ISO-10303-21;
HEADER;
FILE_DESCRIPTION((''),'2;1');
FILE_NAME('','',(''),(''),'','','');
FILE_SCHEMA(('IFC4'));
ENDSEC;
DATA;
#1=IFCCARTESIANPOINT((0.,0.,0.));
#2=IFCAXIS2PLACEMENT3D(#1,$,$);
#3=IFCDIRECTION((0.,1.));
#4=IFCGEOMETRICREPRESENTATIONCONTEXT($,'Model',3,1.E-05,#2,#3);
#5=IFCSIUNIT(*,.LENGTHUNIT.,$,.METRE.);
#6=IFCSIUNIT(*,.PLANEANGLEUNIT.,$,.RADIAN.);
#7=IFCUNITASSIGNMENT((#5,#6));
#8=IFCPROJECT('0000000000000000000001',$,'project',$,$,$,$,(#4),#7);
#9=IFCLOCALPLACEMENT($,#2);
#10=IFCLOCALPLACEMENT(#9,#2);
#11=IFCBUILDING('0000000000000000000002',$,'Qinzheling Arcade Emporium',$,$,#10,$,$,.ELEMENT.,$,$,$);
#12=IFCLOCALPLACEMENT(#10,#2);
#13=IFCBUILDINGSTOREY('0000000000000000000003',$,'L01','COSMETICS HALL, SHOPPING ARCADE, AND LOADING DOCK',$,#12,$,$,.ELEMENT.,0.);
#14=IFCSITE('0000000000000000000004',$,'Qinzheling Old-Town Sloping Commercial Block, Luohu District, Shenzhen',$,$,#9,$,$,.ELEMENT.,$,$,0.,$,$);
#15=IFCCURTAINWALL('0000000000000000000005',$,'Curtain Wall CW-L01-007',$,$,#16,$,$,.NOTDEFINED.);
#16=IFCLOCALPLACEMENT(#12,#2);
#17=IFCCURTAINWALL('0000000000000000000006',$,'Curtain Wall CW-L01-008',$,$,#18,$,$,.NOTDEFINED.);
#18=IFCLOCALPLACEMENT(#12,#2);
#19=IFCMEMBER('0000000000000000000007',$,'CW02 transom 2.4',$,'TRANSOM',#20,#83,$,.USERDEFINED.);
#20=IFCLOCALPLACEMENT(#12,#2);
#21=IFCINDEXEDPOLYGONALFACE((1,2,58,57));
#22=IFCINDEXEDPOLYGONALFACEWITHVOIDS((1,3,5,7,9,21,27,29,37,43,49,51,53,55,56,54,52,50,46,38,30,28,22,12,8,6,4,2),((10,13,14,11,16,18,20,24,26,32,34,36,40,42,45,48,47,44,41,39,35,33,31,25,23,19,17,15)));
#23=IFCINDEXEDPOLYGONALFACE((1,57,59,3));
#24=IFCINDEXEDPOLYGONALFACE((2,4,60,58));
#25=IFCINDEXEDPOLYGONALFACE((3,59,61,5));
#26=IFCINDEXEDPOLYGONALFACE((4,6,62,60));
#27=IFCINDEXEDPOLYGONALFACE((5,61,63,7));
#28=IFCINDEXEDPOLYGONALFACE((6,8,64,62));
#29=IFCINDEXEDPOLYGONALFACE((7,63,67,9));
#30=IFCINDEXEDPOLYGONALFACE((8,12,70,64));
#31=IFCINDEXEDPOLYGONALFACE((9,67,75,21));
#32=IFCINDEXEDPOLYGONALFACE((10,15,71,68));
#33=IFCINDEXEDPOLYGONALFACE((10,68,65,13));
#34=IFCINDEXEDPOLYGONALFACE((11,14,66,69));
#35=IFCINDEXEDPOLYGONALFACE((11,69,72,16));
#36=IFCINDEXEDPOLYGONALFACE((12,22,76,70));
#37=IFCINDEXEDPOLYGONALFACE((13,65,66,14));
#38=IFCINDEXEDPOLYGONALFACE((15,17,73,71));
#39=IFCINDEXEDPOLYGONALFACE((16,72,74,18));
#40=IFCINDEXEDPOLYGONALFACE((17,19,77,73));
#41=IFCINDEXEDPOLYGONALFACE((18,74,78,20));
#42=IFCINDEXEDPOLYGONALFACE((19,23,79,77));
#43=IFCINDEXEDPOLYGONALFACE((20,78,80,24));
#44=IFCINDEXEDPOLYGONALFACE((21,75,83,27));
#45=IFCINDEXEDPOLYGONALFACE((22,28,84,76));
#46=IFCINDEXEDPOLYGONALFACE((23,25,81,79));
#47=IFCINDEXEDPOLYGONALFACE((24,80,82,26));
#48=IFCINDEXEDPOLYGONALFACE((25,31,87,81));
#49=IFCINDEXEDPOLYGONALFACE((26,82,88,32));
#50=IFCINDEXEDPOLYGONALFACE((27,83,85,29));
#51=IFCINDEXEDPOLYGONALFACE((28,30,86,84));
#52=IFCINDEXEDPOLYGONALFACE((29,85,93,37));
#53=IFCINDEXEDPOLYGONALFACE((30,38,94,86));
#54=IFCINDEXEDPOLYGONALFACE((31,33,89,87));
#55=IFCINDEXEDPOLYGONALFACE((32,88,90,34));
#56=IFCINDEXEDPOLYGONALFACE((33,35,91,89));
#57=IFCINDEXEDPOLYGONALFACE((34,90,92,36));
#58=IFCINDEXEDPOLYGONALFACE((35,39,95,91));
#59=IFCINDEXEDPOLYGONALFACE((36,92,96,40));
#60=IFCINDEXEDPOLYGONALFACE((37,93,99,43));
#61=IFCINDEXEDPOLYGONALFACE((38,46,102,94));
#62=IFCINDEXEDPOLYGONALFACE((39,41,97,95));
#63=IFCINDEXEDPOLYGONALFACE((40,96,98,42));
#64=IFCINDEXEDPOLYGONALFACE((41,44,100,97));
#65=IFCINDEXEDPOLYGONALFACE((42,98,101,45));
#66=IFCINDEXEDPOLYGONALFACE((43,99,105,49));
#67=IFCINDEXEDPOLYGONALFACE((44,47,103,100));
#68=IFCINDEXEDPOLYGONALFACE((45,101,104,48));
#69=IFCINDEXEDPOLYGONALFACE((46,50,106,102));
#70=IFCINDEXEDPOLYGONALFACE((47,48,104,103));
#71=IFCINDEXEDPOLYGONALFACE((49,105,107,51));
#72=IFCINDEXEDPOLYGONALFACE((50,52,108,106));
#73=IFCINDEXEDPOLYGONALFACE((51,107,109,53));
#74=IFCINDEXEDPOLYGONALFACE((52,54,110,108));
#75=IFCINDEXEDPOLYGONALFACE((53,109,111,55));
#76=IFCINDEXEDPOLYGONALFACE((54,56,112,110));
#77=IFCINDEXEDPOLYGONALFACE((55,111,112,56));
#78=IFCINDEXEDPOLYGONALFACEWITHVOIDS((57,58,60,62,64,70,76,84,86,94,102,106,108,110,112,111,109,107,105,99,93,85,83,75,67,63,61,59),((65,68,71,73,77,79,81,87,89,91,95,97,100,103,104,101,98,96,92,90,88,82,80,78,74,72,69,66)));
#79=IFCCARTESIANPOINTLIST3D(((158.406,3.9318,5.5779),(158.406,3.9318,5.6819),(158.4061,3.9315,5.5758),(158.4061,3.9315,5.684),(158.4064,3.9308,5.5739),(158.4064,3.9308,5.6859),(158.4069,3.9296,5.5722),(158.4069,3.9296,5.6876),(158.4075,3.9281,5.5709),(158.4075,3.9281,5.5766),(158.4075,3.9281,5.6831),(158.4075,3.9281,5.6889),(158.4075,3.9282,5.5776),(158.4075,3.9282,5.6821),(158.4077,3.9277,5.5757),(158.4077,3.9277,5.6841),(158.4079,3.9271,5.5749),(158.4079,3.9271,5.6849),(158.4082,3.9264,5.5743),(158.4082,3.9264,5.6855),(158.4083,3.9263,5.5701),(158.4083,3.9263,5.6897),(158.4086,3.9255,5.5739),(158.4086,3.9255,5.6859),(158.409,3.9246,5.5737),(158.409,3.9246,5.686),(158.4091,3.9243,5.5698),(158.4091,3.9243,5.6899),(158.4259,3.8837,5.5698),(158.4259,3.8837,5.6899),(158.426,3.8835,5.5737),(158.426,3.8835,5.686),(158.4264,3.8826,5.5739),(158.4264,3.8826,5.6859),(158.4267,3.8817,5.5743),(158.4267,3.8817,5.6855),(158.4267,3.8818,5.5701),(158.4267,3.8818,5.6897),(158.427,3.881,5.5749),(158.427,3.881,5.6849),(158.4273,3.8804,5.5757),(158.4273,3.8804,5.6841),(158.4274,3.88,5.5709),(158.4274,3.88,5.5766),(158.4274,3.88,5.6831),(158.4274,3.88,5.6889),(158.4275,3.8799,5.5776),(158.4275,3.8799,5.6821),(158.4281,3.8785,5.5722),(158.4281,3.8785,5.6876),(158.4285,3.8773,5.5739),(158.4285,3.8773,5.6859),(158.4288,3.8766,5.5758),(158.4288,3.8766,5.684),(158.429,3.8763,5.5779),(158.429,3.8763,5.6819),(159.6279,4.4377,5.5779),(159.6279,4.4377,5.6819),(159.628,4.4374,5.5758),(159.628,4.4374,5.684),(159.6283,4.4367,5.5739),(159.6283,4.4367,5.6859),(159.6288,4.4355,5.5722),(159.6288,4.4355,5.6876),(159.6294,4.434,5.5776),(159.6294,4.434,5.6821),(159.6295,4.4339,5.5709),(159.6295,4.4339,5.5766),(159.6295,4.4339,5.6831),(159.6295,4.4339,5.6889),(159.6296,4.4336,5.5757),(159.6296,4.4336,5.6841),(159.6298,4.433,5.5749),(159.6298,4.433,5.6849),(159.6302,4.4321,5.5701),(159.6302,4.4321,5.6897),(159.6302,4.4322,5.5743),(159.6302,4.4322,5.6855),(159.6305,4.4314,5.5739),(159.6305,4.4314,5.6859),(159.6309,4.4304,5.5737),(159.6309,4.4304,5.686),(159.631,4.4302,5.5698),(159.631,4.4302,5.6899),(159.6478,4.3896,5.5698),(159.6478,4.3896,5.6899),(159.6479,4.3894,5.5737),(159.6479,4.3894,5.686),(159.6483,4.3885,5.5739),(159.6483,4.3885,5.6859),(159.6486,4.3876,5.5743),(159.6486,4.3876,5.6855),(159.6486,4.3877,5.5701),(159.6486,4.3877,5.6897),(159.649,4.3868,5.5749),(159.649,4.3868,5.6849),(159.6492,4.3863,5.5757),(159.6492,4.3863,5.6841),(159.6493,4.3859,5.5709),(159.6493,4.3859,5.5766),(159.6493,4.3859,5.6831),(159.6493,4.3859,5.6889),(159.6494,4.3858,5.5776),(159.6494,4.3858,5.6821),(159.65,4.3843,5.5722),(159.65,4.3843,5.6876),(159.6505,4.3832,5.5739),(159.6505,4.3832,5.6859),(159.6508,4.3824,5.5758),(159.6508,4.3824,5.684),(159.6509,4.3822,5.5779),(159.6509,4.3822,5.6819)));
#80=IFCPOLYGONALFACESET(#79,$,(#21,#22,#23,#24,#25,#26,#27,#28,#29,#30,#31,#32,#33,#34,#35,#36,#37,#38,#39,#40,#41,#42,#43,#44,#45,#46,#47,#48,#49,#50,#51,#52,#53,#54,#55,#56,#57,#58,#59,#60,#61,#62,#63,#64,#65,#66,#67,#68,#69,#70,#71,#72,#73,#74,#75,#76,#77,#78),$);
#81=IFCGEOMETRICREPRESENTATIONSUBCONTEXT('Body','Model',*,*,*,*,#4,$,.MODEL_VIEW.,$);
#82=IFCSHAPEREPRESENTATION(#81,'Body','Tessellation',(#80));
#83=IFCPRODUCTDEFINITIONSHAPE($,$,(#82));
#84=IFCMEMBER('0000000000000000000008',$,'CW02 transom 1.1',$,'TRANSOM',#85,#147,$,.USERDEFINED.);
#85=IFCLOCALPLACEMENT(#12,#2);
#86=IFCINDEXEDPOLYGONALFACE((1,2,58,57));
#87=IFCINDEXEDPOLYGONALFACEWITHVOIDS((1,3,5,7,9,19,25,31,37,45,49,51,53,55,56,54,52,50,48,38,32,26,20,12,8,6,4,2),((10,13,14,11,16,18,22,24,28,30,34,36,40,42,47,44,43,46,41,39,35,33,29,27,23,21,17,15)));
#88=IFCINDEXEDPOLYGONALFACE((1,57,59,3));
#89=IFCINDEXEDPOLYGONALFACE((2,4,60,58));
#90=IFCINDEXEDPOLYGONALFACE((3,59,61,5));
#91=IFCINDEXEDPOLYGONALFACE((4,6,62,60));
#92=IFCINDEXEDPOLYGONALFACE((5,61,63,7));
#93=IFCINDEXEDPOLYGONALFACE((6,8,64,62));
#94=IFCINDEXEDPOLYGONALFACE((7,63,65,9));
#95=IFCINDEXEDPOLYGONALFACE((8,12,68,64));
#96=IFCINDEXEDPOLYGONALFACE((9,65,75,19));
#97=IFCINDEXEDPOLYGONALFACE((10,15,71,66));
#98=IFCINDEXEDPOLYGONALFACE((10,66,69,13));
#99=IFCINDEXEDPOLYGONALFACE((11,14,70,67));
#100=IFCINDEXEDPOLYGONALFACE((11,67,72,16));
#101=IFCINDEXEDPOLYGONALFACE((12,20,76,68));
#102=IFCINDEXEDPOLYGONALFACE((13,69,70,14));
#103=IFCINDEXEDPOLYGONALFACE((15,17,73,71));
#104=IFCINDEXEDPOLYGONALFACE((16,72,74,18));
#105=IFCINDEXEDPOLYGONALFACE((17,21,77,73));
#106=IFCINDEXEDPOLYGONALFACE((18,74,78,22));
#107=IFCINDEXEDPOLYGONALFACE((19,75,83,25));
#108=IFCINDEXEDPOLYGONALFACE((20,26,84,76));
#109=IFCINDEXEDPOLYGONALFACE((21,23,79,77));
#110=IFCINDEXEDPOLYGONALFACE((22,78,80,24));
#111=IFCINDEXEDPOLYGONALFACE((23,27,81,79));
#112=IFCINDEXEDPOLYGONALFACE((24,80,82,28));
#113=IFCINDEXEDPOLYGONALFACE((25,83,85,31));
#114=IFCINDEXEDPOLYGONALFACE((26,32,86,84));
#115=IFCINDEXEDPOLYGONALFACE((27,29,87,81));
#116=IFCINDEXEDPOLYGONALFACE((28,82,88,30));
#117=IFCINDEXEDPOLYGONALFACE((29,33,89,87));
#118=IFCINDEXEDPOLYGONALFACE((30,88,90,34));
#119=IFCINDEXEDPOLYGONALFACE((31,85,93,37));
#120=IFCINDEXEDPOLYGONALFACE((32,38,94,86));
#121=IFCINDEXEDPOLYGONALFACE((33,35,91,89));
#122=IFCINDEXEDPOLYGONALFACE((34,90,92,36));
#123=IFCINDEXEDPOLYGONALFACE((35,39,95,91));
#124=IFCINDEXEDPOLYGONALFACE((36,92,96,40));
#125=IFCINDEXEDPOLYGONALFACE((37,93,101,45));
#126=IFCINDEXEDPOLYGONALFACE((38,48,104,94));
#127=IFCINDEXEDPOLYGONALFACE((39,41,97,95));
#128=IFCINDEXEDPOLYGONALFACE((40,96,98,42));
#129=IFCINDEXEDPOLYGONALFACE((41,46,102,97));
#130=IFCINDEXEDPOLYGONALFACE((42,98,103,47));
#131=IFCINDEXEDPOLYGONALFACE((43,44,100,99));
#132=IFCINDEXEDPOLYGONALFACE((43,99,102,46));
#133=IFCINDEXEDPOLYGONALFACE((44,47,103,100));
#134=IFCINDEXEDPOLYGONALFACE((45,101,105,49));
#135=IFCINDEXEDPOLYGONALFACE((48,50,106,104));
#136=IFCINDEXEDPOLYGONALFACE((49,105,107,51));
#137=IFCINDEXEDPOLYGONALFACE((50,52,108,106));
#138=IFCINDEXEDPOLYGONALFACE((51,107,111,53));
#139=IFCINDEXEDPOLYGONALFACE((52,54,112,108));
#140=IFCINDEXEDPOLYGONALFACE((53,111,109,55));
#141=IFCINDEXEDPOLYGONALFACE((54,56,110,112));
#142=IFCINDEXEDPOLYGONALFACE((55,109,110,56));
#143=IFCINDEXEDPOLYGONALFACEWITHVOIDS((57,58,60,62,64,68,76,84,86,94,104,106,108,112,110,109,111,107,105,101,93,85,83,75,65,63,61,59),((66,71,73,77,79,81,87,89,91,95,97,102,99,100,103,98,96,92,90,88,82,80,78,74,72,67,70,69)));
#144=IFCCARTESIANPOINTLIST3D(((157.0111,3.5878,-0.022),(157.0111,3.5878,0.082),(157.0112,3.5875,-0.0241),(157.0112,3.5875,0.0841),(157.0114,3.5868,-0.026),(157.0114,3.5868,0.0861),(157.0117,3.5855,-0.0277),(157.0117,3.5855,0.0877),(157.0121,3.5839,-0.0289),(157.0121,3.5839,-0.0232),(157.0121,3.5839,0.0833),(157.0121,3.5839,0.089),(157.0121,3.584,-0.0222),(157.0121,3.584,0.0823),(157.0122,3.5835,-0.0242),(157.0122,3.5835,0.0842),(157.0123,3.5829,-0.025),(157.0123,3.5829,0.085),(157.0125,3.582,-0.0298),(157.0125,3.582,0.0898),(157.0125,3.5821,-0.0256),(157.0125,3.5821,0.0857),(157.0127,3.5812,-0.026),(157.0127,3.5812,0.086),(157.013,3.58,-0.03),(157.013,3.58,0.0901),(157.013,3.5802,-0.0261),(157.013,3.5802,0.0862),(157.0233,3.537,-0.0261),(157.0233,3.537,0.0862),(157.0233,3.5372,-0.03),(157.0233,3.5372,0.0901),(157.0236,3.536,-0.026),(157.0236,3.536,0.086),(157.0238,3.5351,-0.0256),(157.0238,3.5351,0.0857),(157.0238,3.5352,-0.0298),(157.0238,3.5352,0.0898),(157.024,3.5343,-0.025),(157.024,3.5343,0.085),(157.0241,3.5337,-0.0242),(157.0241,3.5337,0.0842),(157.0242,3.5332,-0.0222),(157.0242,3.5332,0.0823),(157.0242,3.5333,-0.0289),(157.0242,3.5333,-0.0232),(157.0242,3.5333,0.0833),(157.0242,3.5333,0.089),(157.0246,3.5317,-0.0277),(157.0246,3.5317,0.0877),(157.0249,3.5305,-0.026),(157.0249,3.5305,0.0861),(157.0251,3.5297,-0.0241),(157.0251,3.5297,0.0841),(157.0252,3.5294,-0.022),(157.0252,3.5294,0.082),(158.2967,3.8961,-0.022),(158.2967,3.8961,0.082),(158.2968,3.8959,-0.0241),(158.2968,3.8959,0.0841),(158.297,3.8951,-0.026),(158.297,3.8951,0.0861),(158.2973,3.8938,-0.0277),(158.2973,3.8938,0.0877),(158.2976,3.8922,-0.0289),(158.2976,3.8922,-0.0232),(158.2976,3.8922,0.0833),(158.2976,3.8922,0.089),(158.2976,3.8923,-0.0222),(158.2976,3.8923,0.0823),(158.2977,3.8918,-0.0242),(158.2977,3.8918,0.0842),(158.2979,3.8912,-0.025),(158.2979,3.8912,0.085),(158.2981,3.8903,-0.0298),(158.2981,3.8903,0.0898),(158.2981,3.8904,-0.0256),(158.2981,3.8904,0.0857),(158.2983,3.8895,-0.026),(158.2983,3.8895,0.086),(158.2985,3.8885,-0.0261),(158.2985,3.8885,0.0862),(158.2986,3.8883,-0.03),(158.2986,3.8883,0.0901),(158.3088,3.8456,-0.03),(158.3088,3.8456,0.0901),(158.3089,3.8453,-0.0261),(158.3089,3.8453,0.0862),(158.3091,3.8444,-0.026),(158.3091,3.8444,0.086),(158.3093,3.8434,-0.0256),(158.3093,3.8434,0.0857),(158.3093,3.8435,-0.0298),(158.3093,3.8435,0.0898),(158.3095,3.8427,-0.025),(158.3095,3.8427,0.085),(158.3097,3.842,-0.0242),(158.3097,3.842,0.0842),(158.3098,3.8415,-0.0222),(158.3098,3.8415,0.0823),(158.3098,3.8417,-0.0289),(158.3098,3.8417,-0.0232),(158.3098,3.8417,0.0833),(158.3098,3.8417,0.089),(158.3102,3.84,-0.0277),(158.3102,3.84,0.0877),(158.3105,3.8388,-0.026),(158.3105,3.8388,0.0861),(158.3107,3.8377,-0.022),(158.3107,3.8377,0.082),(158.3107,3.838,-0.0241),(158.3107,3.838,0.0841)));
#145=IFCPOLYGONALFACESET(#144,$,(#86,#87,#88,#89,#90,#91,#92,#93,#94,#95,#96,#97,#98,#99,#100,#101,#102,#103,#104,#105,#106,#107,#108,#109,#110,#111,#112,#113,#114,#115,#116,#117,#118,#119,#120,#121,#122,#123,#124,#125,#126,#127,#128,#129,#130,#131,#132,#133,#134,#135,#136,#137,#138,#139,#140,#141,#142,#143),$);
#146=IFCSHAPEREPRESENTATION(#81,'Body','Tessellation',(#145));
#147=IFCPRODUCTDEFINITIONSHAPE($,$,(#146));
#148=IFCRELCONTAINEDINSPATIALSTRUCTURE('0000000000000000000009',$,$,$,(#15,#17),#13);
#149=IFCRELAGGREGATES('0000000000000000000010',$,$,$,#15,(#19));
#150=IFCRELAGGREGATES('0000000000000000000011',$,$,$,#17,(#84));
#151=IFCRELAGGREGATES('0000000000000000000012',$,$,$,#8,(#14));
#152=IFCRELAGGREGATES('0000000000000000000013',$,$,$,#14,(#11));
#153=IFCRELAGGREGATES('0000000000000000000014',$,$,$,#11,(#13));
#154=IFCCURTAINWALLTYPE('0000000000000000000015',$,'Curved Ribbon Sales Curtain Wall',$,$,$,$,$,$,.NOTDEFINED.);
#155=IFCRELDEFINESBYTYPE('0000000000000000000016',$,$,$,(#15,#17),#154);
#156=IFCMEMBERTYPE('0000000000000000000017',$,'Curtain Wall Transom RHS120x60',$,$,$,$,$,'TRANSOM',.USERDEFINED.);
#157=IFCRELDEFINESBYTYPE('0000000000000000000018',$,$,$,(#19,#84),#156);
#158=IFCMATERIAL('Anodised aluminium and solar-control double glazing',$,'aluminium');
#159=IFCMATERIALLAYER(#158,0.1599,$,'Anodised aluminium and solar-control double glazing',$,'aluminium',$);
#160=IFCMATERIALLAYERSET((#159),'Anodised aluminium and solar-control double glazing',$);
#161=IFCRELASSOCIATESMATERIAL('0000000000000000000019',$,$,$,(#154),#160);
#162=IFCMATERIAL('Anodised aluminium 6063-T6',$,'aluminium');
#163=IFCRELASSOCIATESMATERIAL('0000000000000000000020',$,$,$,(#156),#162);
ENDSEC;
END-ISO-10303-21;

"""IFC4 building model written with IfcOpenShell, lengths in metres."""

from ifc_helpers import new_model, si_unit, direction, frame, origin, origin_2d, place, context, subcontext, project, spatial, hollow_rectangle, extrude, material, layer, layer_set, material_profile, profile_set, type_object, element, aggregate, save


model = new_model("IFC4")

# Units and contexts
model_context = context("Model", 3, precision=1e-05, world=origin(), true_north=direction((0.0, 1.0)))
body_context = subcontext(model_context, "Body", "Model", "MODEL_VIEW")
ifc_project = project(units=[si_unit("LENGTHUNIT", "METRE"), si_unit("PLANEANGLEUNIT", "RADIAN")], contexts=[model_context])

# Site, building, storey
site_placement = place(None, origin())
site = spatial("IfcSite", under=ifc_project, at=site_placement, Name="Qinzheling Old-Town Sloping Commercial Block, Luohu District, Shenzhen", CompositionType="ELEMENT", RefElevation=0.0)
building_placement = place(site_placement, origin())
building = spatial("IfcBuilding", under=site, at=building_placement, Name="Qinzheling Arcade Emporium", CompositionType="ELEMENT")
storey_placement = place(building_placement, origin())
storey = spatial("IfcBuildingStorey", under=building, at=storey_placement, Name="L01", Description="COSMETICS HALL, SHOPPING ARCADE, AND LOADING DOCK", CompositionType="ELEMENT", Elevation=0.0)

# Curtain walls
ifc_material_1 = material(Name="Anodised aluminium and solar-control double glazing", Category="aluminium")
ifc_layer_1 = layer(ifc_material_1, 0.1599, Name="Anodised aluminium and solar-control double glazing", Category="aluminium")
ifc_layer_set_1 = layer_set([ifc_layer_1], Name="Anodised aluminium and solar-control double glazing")
curtain_wall_type = type_object("IfcCurtainWallType", Name="Curved Ribbon Sales Curtain Wall", PredefinedType="NOTDEFINED", material=ifc_layer_set_1)
curtain_wall_1_placement = place(storey_placement, origin())
curtain_wall_1 = element("IfcCurtainWall", 1, at=curtain_wall_1_placement, inside=storey, type_object=curtain_wall_type, Name="Curtain Wall CW-L01-007", PredefinedType="NOTDEFINED")
ifc_material_2 = material(Name="Anodised aluminium 6063-T6", Category="aluminium")
curtain_wall_2_placement = place(storey_placement, origin())
curtain_wall_2 = element("IfcCurtainWall", 2, at=curtain_wall_2_placement, inside=storey, type_object=curtain_wall_type, Name="Curtain Wall CW-L01-008", PredefinedType="NOTDEFINED")

# Members
ifc_material_profile_1 = material_profile(ifc_material_2, hollow_rectangle(XDim=0.0601, YDim=0.1201, WallThickness=0.0039, InnerFilletRadius=0.0039, OuterFilletRadius=0.0081, at=origin_2d()), Name="RHS 120x60x4", Category="aluminium")
ifc_profile_set_1 = profile_set([ifc_material_profile_1], Name="Anodised aluminium 6063-T6")
member_type_1 = type_object("IfcMemberType", Name="Curtain Wall Transom RHS120x60", ElementType="TRANSOM", PredefinedType="USERDEFINED", material=ifc_profile_set_1)
member_1_placement = place(storey_placement, frame((159.6394, 4.4099, 5.6299), z_axis=(-0.923954, -0.382504, 0.0), x_axis=(0.382504, -0.923954, 0.0)))
member_1 = element("IfcMember", 3, at=member_1_placement, type_object=member_type_1, Name="CW02 transom 2.4", ObjectType="TRANSOM", PredefinedType="USERDEFINED", context=body_context, shape_type="SweptSolid", body=[
    extrude(hollow_rectangle(XDim=0.0601, YDim=0.1201, WallThickness=0.0039, InnerFilletRadius=0.0039, OuterFilletRadius=0.0081, at=origin_2d()), origin(), (0.0, 0.0, 1.0), 1.3225),
])
member_2_placement = place(storey_placement, frame((158.3037, 3.8669, 0.03), z_axis=(-0.972422, -0.233226, 0.0), x_axis=(0.233226, -0.972422, 0.0)))
member_2 = element("IfcMember", 4, at=member_2_placement, type_object=member_type_1, Name="CW02 transom 1.1", ObjectType="TRANSOM", PredefinedType="USERDEFINED", context=body_context, shape_type="SweptSolid", body=[
    extrude(hollow_rectangle(XDim=0.0601, YDim=0.1201, WallThickness=0.0039, InnerFilletRadius=0.0039, OuterFilletRadius=0.0081, at=origin_2d()), origin(), (0.0, 0.0, 1.0), 1.322),
])

aggregate(curtain_wall_1, [member_1])
aggregate(curtain_wall_2, [member_2])

save(model, "model.ifc")
